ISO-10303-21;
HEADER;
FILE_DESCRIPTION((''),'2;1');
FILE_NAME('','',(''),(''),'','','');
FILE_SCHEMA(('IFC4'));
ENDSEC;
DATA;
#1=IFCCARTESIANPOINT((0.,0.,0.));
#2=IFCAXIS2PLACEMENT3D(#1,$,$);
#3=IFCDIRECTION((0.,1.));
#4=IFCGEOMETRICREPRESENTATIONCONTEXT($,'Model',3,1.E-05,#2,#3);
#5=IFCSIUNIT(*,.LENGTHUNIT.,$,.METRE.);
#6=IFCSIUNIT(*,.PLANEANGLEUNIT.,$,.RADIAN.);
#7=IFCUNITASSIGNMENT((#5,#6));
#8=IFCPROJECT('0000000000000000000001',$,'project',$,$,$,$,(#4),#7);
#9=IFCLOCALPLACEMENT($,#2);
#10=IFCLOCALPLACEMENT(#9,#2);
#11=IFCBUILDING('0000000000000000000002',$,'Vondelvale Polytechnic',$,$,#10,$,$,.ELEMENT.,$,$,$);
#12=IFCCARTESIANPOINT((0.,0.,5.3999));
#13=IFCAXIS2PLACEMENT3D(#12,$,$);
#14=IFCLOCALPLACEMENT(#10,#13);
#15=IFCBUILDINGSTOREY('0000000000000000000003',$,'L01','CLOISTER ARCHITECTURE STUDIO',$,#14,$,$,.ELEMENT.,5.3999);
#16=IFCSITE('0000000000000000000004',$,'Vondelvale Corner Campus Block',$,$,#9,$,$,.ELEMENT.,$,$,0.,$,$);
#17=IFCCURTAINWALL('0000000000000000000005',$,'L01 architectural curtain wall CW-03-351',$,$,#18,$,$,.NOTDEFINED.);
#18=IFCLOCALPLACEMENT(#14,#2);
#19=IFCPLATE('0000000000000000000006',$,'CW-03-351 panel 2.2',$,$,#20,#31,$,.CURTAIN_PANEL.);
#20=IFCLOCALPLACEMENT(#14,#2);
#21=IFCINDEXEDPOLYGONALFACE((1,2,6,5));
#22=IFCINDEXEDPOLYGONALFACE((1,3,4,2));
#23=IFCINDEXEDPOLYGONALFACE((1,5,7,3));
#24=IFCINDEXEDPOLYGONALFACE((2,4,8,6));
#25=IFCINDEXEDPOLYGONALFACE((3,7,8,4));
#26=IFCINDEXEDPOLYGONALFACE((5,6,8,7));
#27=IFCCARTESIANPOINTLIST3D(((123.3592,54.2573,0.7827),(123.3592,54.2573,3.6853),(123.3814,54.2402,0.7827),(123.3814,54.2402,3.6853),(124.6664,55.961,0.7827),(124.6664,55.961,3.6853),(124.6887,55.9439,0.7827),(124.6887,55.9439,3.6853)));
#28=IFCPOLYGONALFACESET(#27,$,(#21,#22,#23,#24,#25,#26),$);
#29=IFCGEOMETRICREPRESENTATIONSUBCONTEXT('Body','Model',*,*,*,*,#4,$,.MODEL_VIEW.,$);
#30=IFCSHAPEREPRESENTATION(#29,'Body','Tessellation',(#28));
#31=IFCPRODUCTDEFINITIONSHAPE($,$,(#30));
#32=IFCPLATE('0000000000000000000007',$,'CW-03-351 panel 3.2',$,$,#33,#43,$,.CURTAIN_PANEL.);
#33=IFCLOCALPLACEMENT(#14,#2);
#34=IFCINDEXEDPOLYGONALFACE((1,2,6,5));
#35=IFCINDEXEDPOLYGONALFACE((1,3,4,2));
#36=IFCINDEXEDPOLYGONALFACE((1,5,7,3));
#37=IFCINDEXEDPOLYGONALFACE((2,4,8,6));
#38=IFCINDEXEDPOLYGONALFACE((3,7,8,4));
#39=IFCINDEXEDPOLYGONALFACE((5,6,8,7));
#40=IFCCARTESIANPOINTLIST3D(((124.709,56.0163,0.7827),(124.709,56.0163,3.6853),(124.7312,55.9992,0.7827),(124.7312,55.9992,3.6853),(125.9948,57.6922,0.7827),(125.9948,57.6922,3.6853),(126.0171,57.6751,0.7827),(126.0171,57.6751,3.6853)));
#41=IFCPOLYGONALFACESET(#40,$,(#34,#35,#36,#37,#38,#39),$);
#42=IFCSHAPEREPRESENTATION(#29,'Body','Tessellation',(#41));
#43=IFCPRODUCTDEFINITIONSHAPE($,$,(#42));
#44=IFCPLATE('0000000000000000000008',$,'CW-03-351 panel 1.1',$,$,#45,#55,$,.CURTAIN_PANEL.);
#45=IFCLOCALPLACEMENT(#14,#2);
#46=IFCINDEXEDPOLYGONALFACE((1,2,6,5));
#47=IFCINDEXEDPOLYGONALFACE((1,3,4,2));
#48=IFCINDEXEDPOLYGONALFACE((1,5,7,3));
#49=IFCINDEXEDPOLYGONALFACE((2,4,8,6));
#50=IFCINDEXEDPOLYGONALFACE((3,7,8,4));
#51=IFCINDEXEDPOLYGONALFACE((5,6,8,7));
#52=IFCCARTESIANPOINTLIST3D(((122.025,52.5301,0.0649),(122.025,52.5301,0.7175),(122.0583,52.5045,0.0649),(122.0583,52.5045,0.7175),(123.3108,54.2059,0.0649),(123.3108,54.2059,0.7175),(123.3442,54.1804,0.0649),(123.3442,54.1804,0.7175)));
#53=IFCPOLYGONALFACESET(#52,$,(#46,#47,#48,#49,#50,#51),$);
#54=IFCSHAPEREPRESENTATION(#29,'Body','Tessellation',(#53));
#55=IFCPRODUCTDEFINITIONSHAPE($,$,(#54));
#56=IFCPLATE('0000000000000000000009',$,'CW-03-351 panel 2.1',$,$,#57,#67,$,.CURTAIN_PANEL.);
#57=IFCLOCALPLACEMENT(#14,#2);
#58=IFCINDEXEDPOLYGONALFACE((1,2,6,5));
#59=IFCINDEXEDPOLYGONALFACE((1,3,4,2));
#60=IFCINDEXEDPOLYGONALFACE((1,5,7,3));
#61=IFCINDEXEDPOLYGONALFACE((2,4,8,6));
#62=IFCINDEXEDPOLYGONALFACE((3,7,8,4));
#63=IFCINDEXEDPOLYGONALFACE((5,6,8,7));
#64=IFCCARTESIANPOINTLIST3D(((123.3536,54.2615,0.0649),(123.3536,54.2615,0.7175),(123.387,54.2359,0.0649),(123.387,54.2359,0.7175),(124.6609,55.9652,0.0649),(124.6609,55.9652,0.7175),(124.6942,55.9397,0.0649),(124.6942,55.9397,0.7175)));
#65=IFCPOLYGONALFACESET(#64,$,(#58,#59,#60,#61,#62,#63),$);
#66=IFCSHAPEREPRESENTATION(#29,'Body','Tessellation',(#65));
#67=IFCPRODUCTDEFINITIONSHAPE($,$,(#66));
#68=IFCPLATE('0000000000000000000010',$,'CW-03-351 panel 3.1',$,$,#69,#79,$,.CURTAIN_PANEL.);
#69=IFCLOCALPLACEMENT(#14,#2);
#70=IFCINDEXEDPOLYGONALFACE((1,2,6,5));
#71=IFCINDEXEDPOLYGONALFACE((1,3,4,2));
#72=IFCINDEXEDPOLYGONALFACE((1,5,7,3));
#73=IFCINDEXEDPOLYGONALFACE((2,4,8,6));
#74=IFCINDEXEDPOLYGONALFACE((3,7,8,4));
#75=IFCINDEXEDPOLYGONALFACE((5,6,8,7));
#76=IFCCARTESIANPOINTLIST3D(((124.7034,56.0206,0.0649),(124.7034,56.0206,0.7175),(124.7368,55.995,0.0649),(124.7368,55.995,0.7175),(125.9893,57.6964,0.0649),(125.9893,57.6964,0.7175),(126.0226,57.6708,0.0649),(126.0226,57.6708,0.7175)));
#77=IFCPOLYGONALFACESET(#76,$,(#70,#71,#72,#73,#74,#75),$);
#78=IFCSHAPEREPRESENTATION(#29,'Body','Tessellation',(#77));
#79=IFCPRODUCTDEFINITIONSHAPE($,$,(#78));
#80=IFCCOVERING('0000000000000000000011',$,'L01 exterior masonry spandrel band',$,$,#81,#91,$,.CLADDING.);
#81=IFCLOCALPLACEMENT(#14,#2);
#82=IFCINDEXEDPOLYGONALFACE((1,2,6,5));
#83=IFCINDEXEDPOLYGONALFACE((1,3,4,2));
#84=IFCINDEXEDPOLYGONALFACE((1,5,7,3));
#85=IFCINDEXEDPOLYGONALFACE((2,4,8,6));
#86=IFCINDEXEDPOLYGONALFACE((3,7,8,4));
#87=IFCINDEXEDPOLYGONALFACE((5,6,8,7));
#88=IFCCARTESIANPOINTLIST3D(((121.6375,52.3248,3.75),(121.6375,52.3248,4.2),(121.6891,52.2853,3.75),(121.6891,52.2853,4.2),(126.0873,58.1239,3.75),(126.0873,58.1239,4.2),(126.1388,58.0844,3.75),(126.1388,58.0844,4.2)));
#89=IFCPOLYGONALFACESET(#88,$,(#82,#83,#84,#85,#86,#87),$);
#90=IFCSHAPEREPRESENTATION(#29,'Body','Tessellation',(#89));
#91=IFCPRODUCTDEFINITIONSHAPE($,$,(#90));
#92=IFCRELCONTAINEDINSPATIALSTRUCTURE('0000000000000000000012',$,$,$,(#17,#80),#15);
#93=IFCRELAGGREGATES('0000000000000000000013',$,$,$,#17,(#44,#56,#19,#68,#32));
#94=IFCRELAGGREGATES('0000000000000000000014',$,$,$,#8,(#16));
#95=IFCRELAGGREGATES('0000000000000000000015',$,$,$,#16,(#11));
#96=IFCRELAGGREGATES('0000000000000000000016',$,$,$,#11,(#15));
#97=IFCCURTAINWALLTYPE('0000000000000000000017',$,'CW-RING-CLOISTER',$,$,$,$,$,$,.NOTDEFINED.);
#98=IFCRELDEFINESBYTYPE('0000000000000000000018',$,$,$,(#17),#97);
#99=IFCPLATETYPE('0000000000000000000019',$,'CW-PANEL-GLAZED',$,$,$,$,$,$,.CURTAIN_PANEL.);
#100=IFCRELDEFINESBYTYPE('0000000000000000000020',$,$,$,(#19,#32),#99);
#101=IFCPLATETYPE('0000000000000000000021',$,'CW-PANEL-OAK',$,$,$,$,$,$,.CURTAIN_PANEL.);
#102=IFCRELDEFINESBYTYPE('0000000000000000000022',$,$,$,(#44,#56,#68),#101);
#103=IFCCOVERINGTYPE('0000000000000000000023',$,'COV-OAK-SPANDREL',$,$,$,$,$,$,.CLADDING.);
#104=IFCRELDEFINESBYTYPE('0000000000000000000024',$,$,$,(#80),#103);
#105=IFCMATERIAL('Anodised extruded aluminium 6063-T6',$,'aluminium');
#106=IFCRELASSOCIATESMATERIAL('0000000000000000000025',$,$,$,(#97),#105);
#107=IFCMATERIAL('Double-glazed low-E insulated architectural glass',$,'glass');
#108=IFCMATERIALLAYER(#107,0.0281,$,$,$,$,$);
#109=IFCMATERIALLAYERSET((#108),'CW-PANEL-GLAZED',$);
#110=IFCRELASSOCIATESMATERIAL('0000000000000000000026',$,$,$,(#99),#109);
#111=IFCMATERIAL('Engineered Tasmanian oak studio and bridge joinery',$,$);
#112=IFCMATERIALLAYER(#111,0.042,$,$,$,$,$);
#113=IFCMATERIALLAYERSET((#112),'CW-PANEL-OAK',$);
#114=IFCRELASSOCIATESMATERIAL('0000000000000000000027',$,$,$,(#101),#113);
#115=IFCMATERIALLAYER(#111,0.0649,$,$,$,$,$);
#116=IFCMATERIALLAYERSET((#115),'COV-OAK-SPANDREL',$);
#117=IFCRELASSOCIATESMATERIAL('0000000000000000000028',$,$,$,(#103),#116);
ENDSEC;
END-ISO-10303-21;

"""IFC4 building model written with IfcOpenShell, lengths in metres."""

from ifc_helpers import new_model, si_unit, direction, frame, origin, origin_2d, place, context, subcontext, project, spatial, rectangle, extrude, material, layer, layer_set, type_object, element, aggregate, save


model = new_model("IFC4")

# Units and contexts
model_context = context("Model", 3, precision=1e-05, world=origin(), true_north=direction((0.0, 1.0)))
body_context = subcontext(model_context, "Body", "Model", "MODEL_VIEW")
ifc_project = project(units=[si_unit("LENGTHUNIT", "METRE"), si_unit("PLANEANGLEUNIT", "RADIAN")], contexts=[model_context])

# Site, building, storey
site_placement = place(None, origin())
site = spatial("IfcSite", under=ifc_project, at=site_placement, Name="Vondelvale Corner Campus Block", CompositionType="ELEMENT", RefElevation=0.0)
building_placement = place(site_placement, origin())
building = spatial("IfcBuilding", under=site, at=building_placement, Name="Vondelvale Polytechnic", CompositionType="ELEMENT")
storey_placement = place(building_placement, frame((0.0, 0.0, 5.3999)))
storey = spatial("IfcBuildingStorey", under=building, at=storey_placement, Name="L01", Description="CLOISTER ARCHITECTURE STUDIO", CompositionType="ELEMENT", Elevation=5.3999)

# Shared definitions
ifc_material_1 = material(Name="Anodised extruded aluminium 6063-T6", Category="aluminium")
curtain_wall_type = type_object("IfcCurtainWallType", Name="CW-RING-CLOISTER", PredefinedType="NOTDEFINED", material=ifc_material_1)

# Curtain wall
curtain_wall_1_placement = place(storey_placement, origin())
curtain_wall_1 = element("IfcCurtainWall", 1, at=curtain_wall_1_placement, inside=storey, type_object=curtain_wall_type, Name="L01 architectural curtain wall CW-03-351", PredefinedType="NOTDEFINED")

# Plates
ifc_material_2 = material(Name="Double-glazed low-E insulated architectural glass", Category="glass")
ifc_layer_1 = layer(ifc_material_2, 0.0281)
ifc_layer_set_1 = layer_set([ifc_layer_1], Name="CW-PANEL-GLAZED")
plate_type_1 = type_object("IfcPlateType", Name="CW-PANEL-GLAZED", PredefinedType="CURTAIN_PANEL", material=ifc_layer_set_1)
plate_1_placement = place(storey_placement, frame((124.0239, 55.1006, 0.7827), z_axis=(0.0, 0.0, 1.0), x_axis=(0.608748, 0.793364, 0.0)))
plate_1 = element("IfcPlate", 2, at=plate_1_placement, type_object=plate_type_1, Name="CW-03-351 panel 2.2", PredefinedType="CURTAIN_PANEL", context=body_context, shape_type="SweptSolid", body=[
    extrude(rectangle(XDim=2.1475, YDim=0.0281, at=origin_2d()), origin(), (0.0, 0.0, 1.0), 2.9026),
])
plate_2_placement = place(storey_placement, frame((125.363, 56.8457, 0.7827), z_axis=(0.0, 0.0, 1.0), x_axis=(0.608748, 0.793364, 0.0)))
plate_2 = element("IfcPlate", 3, at=plate_2_placement, type_object=plate_type_1, Name="CW-03-351 panel 3.2", PredefinedType="CURTAIN_PANEL", context=body_context, shape_type="SweptSolid", body=[
    extrude(rectangle(XDim=2.1123, YDim=0.0281, at=origin_2d()), origin(), (0.0, 0.0, 1.0), 2.9026),
])
ifc_material_3 = material(Name="Engineered Tasmanian oak studio and bridge joinery")
ifc_layer_2 = layer(ifc_material_3, 0.042)
ifc_layer_set_2 = layer_set([ifc_layer_2], Name="CW-PANEL-OAK")
plate_type_2 = type_object("IfcPlateType", Name="CW-PANEL-OAK", PredefinedType="CURTAIN_PANEL", material=ifc_layer_set_2)
plate_3_placement = place(storey_placement, frame((122.6846, 53.3552, 0.0649), z_axis=(0.0, 0.0, 1.0), x_axis=(0.608748, 0.793364, 0.0)))
plate_3 = element("IfcPlate", 4, at=plate_3_placement, type_object=plate_type_2, Name="CW-03-351 panel 1.1", PredefinedType="CURTAIN_PANEL", context=body_context, shape_type="SweptSolid", body=[
    extrude(rectangle(XDim=2.1123, YDim=0.042, at=origin_2d()), origin(), (0.0, 0.0, 1.0), 0.6526),
])
plate_4_placement = place(storey_placement, frame((124.0239, 55.1006, 0.0649), z_axis=(0.0, 0.0, 1.0), x_axis=(0.608748, 0.793364, 0.0)))
plate_4 = element("IfcPlate", 5, at=plate_4_placement, type_object=plate_type_2, Name="CW-03-351 panel 2.1", PredefinedType="CURTAIN_PANEL", context=body_context, shape_type="SweptSolid", body=[
    extrude(rectangle(XDim=2.1475, YDim=0.042, at=origin_2d()), origin(), (0.0, 0.0, 1.0), 0.6526),
])
plate_5_placement = place(storey_placement, frame((125.363, 56.8457, 0.0649), z_axis=(0.0, 0.0, 1.0), x_axis=(0.608748, 0.793364, 0.0)))
plate_5 = element("IfcPlate", 6, at=plate_5_placement, type_object=plate_type_2, Name="CW-03-351 panel 3.1", PredefinedType="CURTAIN_PANEL", context=body_context, shape_type="SweptSolid", body=[
    extrude(rectangle(XDim=2.1123, YDim=0.042, at=origin_2d()), origin(), (0.0, 0.0, 1.0), 0.6526),
])
aggregate(curtain_wall_1, [plate_3, plate_4, plate_1, plate_5, plate_2])

# Covering
ifc_layer_3 = layer(ifc_material_3, 0.0649)
ifc_layer_set_3 = layer_set([ifc_layer_3], Name="COV-OAK-SPANDREL")
covering_type = type_object("IfcCoveringType", Name="COV-OAK-SPANDREL", PredefinedType="CLADDING", material=ifc_layer_set_3)
covering_placement = place(storey_placement, frame((123.8882, 55.2046, 3.75), z_axis=(0.0, 0.0, 1.0), x_axis=(0.608761, 0.793353, 0.0)))
element("IfcCovering", 7, at=covering_placement, inside=storey, type_object=covering_type, Name="L01 exterior masonry spandrel band", PredefinedType="CLADDING", context=body_context, shape_type="SweptSolid", body=[
    extrude(rectangle(XDim=7.3096, YDim=0.0649, at=origin_2d()), origin(), (0.0, 0.0, 1.0), 0.45),
])

save(model, "model.ifc")
